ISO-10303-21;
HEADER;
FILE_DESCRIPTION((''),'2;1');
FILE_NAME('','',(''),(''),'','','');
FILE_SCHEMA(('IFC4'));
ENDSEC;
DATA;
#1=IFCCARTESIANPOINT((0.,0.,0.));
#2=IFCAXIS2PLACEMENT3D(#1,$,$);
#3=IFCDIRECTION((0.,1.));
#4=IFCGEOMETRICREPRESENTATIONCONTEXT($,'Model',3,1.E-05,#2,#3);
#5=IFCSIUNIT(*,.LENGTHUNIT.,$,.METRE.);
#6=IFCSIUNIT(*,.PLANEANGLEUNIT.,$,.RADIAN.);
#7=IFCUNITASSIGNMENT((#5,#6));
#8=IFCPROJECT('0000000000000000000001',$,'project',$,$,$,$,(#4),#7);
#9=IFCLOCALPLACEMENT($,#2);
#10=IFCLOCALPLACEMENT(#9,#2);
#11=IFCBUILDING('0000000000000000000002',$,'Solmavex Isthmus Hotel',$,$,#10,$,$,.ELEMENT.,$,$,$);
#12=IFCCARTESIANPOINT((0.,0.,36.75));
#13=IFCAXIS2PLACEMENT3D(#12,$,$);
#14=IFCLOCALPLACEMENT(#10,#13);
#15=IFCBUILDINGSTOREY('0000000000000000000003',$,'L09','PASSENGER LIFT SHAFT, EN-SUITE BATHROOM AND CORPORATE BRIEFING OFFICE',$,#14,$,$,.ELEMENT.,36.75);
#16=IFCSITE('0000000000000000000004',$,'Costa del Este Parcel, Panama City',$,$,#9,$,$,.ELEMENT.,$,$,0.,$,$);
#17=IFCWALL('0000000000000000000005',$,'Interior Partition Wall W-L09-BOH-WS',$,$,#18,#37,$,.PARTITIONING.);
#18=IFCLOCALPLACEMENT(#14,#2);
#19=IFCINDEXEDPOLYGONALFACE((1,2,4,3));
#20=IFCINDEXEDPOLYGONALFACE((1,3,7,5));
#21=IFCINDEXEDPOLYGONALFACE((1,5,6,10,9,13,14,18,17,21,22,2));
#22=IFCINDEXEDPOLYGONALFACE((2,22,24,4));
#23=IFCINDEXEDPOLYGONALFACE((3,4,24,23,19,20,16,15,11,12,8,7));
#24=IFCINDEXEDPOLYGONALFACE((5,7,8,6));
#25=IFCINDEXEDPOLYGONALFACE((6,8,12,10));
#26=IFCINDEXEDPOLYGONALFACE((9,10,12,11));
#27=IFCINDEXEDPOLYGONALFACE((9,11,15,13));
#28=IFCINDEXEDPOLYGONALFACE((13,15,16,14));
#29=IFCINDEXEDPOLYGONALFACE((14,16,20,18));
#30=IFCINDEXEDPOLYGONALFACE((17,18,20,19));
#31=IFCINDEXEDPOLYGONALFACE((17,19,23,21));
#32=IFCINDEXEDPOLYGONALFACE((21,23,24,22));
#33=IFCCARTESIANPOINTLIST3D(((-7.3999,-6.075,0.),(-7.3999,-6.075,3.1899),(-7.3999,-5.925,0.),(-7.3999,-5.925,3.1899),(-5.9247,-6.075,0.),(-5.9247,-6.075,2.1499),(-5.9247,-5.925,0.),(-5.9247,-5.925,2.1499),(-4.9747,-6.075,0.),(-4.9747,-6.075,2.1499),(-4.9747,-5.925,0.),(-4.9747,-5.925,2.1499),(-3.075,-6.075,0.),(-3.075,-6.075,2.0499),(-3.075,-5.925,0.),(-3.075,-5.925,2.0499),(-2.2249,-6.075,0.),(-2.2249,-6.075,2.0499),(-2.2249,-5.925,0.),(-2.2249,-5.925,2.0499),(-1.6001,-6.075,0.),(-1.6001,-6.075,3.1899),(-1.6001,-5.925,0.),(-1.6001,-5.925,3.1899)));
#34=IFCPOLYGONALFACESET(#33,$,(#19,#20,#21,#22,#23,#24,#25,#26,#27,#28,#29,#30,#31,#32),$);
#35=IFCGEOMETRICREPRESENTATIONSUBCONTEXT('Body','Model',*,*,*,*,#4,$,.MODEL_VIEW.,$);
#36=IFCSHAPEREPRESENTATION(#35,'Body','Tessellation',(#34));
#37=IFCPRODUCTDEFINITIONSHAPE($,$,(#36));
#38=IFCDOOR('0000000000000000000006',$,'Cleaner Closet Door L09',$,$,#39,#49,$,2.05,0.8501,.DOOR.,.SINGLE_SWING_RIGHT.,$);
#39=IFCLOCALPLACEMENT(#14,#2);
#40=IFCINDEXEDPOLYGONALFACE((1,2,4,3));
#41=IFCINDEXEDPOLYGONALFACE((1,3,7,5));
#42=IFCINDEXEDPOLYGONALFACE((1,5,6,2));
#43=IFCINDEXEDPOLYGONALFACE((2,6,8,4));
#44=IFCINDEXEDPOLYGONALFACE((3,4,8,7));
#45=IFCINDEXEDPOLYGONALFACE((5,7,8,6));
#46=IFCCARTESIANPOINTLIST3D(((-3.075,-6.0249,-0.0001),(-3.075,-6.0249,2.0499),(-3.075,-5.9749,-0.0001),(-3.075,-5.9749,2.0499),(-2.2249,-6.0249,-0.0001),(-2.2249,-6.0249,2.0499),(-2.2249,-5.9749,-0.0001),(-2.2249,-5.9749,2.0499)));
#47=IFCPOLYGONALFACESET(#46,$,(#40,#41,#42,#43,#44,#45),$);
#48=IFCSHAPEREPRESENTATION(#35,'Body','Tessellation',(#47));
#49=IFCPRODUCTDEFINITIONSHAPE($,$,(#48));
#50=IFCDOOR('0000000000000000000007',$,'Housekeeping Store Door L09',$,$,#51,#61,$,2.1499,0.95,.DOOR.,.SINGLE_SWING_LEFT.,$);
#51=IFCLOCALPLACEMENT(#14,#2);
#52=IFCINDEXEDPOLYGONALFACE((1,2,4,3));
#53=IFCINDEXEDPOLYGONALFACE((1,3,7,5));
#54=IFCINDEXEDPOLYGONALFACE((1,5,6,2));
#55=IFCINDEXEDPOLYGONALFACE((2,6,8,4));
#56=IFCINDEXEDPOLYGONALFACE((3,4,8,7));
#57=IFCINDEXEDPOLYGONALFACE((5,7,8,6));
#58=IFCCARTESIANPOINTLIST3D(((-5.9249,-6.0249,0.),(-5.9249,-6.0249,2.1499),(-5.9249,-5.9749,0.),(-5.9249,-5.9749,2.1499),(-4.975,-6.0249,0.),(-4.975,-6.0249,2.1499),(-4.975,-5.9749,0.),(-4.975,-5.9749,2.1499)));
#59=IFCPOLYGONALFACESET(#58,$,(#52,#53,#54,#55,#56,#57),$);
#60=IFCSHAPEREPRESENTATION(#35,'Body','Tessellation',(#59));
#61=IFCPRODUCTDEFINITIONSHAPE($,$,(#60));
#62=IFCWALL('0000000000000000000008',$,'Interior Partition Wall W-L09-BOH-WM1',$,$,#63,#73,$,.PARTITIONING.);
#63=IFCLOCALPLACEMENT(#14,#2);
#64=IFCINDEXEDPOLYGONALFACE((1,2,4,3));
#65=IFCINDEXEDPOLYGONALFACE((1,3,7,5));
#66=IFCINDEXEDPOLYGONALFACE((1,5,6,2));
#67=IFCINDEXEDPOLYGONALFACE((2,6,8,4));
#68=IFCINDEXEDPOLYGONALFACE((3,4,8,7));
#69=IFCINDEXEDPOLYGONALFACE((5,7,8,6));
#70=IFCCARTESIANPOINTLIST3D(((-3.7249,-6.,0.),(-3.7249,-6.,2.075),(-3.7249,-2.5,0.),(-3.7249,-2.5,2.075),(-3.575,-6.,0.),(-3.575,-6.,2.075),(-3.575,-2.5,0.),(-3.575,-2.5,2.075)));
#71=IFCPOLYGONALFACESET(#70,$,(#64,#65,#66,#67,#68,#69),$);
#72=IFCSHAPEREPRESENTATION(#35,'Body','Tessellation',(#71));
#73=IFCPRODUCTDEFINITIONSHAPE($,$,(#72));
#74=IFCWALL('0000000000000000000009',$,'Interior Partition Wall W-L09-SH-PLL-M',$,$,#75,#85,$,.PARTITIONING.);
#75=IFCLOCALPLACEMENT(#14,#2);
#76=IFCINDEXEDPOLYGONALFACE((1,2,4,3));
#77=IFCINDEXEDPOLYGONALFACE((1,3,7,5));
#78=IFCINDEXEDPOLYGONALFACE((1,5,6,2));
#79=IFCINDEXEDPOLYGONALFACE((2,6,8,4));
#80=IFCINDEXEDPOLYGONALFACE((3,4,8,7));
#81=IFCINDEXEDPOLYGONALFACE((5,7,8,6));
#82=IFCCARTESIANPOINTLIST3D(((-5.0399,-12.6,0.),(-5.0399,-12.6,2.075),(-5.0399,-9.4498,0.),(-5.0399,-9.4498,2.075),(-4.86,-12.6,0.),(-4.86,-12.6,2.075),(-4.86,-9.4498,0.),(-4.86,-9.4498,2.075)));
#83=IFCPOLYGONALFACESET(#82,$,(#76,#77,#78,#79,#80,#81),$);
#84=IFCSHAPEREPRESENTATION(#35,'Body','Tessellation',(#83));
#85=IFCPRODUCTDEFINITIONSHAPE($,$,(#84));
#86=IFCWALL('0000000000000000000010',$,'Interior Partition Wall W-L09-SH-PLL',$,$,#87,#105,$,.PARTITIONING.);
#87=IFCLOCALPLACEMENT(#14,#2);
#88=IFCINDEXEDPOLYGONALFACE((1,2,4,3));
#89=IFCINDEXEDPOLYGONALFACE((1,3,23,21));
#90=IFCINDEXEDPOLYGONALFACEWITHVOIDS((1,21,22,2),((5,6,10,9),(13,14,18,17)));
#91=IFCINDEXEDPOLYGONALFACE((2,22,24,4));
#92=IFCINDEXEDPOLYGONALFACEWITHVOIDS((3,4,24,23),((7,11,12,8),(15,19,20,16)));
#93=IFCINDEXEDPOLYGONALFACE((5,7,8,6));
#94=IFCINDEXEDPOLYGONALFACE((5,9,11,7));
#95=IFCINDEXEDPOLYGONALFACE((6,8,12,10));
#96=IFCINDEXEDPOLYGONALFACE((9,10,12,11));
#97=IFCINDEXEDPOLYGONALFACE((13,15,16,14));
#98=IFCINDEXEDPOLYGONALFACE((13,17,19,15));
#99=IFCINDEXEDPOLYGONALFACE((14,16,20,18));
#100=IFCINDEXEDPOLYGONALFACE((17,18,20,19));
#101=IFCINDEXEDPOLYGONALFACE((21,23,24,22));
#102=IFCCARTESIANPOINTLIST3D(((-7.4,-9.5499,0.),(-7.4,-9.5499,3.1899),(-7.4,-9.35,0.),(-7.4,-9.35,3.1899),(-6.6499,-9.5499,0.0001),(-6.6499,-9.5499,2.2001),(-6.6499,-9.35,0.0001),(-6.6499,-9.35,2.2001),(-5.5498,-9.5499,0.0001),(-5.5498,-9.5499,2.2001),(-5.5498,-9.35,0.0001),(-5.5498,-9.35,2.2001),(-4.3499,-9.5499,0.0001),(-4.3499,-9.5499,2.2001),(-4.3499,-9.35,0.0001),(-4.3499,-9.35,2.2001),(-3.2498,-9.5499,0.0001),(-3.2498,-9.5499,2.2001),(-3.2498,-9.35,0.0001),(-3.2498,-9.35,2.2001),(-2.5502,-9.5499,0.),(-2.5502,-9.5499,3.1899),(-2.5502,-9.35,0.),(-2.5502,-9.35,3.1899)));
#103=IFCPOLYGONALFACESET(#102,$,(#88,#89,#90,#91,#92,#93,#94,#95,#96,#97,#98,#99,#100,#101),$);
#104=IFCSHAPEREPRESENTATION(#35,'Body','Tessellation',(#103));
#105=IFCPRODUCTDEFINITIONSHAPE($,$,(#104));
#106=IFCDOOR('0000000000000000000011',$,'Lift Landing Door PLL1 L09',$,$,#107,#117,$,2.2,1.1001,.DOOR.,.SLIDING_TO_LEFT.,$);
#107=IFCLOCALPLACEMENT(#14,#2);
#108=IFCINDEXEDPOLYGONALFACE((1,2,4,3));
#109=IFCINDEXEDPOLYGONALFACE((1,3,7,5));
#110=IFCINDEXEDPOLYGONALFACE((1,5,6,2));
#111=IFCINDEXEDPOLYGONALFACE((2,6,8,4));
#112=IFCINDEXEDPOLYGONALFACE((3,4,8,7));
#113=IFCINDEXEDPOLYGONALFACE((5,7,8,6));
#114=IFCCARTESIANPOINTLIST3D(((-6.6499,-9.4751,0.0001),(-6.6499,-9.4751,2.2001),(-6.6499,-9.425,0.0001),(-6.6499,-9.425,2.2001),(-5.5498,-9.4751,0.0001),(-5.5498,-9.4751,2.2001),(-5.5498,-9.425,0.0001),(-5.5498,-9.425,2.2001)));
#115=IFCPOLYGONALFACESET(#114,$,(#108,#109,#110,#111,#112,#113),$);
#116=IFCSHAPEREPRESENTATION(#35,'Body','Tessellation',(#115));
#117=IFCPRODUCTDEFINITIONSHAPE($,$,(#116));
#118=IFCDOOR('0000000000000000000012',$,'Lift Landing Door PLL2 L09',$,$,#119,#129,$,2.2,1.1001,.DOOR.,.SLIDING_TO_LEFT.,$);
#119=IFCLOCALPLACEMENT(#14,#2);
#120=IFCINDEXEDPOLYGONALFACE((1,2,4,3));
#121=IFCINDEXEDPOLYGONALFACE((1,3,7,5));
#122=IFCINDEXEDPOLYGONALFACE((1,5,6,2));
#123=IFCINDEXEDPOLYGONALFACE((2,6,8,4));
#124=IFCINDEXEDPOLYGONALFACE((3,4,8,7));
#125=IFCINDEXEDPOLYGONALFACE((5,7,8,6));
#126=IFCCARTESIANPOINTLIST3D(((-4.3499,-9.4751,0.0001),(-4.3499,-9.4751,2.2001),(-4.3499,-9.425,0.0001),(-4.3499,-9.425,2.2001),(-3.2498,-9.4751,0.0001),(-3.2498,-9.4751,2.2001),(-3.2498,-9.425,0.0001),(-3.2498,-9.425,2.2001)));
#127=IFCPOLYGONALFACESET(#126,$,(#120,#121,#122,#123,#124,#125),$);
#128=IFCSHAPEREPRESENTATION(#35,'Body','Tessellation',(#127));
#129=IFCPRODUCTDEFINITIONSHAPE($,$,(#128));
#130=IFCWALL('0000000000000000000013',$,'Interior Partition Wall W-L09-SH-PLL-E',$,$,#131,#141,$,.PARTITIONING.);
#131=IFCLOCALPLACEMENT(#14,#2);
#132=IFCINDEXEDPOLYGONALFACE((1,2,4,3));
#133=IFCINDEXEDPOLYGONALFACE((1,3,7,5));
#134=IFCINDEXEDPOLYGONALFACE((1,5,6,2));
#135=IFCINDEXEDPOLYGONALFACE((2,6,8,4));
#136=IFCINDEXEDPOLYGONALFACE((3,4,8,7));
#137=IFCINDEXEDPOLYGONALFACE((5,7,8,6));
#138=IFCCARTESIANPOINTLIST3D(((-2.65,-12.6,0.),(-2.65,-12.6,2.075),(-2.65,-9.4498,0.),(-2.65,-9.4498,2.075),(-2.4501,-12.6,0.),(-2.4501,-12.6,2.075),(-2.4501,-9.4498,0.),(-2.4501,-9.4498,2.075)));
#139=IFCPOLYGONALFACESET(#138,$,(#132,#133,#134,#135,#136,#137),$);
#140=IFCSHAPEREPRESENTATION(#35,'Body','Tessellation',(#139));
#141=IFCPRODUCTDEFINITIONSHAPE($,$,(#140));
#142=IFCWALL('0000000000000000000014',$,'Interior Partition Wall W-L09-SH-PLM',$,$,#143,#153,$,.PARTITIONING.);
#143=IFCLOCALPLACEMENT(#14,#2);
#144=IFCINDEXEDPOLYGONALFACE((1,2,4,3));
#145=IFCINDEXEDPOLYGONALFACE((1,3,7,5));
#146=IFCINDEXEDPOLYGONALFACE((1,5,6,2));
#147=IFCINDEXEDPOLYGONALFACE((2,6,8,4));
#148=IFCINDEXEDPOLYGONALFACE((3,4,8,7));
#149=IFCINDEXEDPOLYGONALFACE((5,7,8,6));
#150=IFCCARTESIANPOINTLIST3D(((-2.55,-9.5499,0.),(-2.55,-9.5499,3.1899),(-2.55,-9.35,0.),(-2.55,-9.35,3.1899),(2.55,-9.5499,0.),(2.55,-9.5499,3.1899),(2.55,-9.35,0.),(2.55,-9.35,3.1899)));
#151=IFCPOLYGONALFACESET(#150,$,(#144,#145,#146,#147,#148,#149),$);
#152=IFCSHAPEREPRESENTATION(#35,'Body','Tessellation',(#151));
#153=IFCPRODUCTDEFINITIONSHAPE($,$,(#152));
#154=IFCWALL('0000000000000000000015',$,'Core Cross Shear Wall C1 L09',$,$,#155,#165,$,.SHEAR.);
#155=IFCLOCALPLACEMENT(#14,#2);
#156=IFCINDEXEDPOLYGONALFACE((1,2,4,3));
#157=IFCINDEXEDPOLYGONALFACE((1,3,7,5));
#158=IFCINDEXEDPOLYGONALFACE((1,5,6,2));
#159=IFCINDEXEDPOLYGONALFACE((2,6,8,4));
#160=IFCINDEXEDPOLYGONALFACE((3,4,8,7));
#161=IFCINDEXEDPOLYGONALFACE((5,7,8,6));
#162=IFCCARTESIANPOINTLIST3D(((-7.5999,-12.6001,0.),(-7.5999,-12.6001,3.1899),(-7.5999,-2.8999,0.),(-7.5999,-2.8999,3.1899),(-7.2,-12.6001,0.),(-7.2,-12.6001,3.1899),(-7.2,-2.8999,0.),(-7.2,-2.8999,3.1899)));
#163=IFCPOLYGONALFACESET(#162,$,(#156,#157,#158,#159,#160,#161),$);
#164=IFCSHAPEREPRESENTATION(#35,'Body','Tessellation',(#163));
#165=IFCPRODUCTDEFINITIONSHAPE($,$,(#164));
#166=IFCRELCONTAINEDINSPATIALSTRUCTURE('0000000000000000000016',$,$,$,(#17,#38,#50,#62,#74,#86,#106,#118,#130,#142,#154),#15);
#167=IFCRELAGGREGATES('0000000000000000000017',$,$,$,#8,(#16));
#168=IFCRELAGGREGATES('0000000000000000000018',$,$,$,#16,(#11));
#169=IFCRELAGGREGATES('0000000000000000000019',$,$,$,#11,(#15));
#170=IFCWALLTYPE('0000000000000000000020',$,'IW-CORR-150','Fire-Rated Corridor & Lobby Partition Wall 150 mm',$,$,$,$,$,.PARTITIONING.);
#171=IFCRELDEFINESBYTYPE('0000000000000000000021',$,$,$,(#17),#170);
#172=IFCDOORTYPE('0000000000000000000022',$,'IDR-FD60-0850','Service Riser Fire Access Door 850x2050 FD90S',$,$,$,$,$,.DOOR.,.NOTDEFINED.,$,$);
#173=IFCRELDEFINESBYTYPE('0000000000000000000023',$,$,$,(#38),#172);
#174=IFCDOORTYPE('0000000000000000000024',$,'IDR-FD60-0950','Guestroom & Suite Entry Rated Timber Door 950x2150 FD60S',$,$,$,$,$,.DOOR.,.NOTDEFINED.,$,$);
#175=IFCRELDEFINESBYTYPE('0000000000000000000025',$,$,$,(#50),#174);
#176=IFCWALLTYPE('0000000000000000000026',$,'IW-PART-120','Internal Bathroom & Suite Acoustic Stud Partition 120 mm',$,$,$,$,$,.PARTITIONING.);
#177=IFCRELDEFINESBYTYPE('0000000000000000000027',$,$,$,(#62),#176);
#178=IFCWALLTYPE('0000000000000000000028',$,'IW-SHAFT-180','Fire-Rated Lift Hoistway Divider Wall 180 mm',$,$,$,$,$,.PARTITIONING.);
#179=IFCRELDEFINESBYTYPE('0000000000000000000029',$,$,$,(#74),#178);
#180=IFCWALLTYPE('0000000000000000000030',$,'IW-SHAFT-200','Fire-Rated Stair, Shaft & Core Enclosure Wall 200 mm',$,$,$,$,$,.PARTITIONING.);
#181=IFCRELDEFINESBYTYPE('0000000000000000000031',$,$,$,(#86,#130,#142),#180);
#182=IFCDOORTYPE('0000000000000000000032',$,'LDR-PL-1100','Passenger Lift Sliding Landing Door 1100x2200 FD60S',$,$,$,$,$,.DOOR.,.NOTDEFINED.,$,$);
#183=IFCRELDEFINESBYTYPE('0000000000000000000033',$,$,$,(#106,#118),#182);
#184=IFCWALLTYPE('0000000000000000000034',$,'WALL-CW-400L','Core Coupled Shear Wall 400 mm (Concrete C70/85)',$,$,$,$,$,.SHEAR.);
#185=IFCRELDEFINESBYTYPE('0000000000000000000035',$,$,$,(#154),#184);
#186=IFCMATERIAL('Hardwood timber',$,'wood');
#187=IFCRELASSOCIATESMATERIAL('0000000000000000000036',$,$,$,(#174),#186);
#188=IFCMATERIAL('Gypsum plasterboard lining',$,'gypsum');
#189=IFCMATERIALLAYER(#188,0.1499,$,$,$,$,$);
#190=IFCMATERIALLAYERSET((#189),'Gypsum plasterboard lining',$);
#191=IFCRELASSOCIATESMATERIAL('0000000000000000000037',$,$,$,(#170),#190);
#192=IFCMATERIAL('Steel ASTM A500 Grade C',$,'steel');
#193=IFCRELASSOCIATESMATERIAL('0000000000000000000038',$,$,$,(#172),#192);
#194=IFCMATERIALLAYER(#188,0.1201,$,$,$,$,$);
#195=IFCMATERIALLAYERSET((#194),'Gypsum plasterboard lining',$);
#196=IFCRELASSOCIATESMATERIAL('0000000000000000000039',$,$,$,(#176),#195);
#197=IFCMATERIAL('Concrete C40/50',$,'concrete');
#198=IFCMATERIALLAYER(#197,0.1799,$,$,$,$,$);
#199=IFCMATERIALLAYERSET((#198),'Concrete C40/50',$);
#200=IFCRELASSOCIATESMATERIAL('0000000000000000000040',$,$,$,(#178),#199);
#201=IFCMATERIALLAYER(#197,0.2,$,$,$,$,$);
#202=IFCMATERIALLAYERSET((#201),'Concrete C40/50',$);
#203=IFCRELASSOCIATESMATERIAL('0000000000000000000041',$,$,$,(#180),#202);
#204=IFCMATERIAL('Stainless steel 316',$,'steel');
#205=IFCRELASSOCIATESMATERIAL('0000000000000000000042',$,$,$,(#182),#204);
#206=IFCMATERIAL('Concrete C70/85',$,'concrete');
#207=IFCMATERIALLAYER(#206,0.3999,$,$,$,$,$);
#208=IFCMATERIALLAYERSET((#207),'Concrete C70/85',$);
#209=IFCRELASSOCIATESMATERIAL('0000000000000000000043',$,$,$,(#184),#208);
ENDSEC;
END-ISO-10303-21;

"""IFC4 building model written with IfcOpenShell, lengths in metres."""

from ifc_helpers import new_model, si_unit, direction, frame, frame_2d, origin, place, context, subcontext, project, spatial, rectangle, extrude, material, layer, layer_set, type_object, element, fill, save


model = new_model("IFC4")

# Units and contexts
model_context = context("Model", 3, precision=1e-05, world=origin(), true_north=direction((0.0, 1.0)))
body_context = subcontext(model_context, "Body", "Model", "MODEL_VIEW")
ifc_project = project(units=[si_unit("LENGTHUNIT", "METRE"), si_unit("PLANEANGLEUNIT", "RADIAN")], contexts=[model_context])

# Site, building, storey
site_placement = place(None, origin())
site = spatial("IfcSite", under=ifc_project, at=site_placement, Name="Costa del Este Parcel, Panama City", CompositionType="ELEMENT", RefElevation=0.0)
building_placement = place(site_placement, origin())
building = spatial("IfcBuilding", under=site, at=building_placement, Name="Solmavex Isthmus Hotel", CompositionType="ELEMENT")
storey_placement = place(building_placement, frame((0.0, 0.0, 36.75)))
storey = spatial("IfcBuildingStorey", under=building, at=storey_placement, Name="L09", Description="PASSENGER LIFT SHAFT, EN-SUITE BATHROOM AND CORPORATE BRIEFING OFFICE", CompositionType="ELEMENT", Elevation=36.75)

# Shared definitions
ifc_material_1 = material(Name="Concrete C70/85", Category="concrete")

# Shared definitions
ifc_material_2 = material(Name="Gypsum plasterboard lining", Category="gypsum")
ifc_material_3 = material(Name="Hardwood timber", Category="wood")
door_type_1 = type_object("IfcDoorType", Name="IDR-FD60-0950", Description="Guestroom & Suite Entry Rated Timber Door 950x2150 FD60S", OperationType="NOTDEFINED", PredefinedType="DOOR", material=ifc_material_3)

# Wall, openings, doors
ifc_layer_1 = layer(ifc_material_2, 0.1499)
ifc_layer_set_1 = layer_set([ifc_layer_1], Name="Gypsum plasterboard lining")
wall_type_1 = type_object("IfcWallType", Name="IW-CORR-150", Description="Fire-Rated Corridor & Lobby Partition Wall 150 mm", PredefinedType="PARTITIONING", material=ifc_layer_set_1)
wall_1_placement = place(storey_placement, frame((-7.3999, -6.0, 0.0), z_axis=(0.0, 0.0, 1.0), x_axis=(1.0, 0.0, 0.0)))
wall_1 = element("IfcWall", 1, at=wall_1_placement, inside=storey, type_object=wall_type_1, Name="Interior Partition Wall W-L09-BOH-WS", PredefinedType="PARTITIONING", context=body_context, shape_type="SweptSolid", body=[
    extrude(rectangle(XDim=5.7998, YDim=0.1499, at=frame_2d((2.8999, 0.0))), origin(), (0.0, 0.0, 1.0), 3.1899),
])
opening_1_placement = place(wall_1_placement, frame((1.4751, 0.0, 0.0)))
opening_1 = element("IfcOpeningElement", 2, at=opening_1_placement, cuts=wall_1, PredefinedType="OPENING", context=body_context, shape_type="SweptSolid", body=[
    extrude(rectangle(XDim=0.95, YDim=2.1499, at=frame_2d((0.4751, 1.075))), frame((0.0, 0.085, 0.0), z_axis=(0.0, -1.0, 0.0), x_axis=(1.0, 0.0, 0.0)), (0.0, 0.0, 1.0), 0.1699),
])
opening_2_placement = place(wall_1_placement, frame((4.325, 0.0, 0.0)))
opening_2 = element("IfcOpeningElement", 3, at=opening_2_placement, cuts=wall_1, PredefinedType="OPENING", context=body_context, shape_type="SweptSolid", body=[
    extrude(rectangle(XDim=0.8501, YDim=2.05, at=frame_2d((0.425, 1.0249))), frame((0.0, 0.085, 0.0), z_axis=(0.0, -1.0, 0.0), x_axis=(1.0, 0.0, 0.0)), (0.0, 0.0, 1.0), 0.1699),
])
ifc_material_4 = material(Name="Steel ASTM A500 Grade C", Category="steel")
door_type_2 = type_object("IfcDoorType", Name="IDR-FD60-0850", Description="Service Riser Fire Access Door 850x2050 FD90S", OperationType="NOTDEFINED", PredefinedType="DOOR", material=ifc_material_4)
door_1_placement = place(opening_2_placement, frame((0.8501, 0.0, 0.0), z_axis=(0.0, 0.0, 1.0), x_axis=(-1.0, 0.0, 0.0)))
door_1 = element("IfcDoor", 4, at=door_1_placement, inside=storey, type_object=door_type_2, Name="Cleaner Closet Door L09", OperationType="SINGLE_SWING_RIGHT", OverallHeight=2.05, OverallWidth=0.8501, PredefinedType="DOOR", context=body_context, shape_type="SweptSolid", body=[
    extrude(rectangle(XDim=0.8501, YDim=2.05, at=frame_2d((0.425, 1.0249))), frame((0.0, 0.0249, 0.0), z_axis=(0.0, -1.0, 0.0), x_axis=(1.0, 0.0, 0.0)), (0.0, 0.0, 1.0), 0.05),
])
fill(opening_2, door_1)
door_2_placement = place(opening_1_placement, frame((0.95, 0.0, 0.0), z_axis=(0.0, 0.0, 1.0), x_axis=(-1.0, 0.0, 0.0)))
door_2 = element("IfcDoor", 5, at=door_2_placement, inside=storey, type_object=door_type_1, Name="Housekeeping Store Door L09", OperationType="SINGLE_SWING_LEFT", OverallHeight=2.1499, OverallWidth=0.95, PredefinedType="DOOR", context=body_context, shape_type="SweptSolid", body=[
    extrude(rectangle(XDim=0.95, YDim=2.1499, at=frame_2d((0.4751, 1.075))), frame((0.0, 0.0249, 0.0), z_axis=(0.0, -1.0, 0.0), x_axis=(1.0, 0.0, 0.0)), (0.0, 0.0, 1.0), 0.05),
])
fill(opening_1, door_2)

# Walls
ifc_layer_2 = layer(ifc_material_2, 0.1201)
ifc_layer_set_2 = layer_set([ifc_layer_2], Name="Gypsum plasterboard lining")
wall_type_2 = type_object("IfcWallType", Name="IW-PART-120", Description="Internal Bathroom & Suite Acoustic Stud Partition 120 mm", PredefinedType="PARTITIONING", material=ifc_layer_set_2)
wall_2_placement = place(storey_placement, frame((-3.6499, -6.0, 0.0), z_axis=(0.0, 0.0, 1.0), x_axis=(0.0, 1.0, 0.0)))
element("IfcWall", 6, at=wall_2_placement, inside=storey, type_object=wall_type_2, Name="Interior Partition Wall W-L09-BOH-WM1", PredefinedType="PARTITIONING", context=body_context, shape_type="SweptSolid", body=[
    extrude(rectangle(XDim=3.5, YDim=0.1499, at=frame_2d((1.75, 0.0))), origin(), (0.0, 0.0, 1.0), 2.075),
])
ifc_material_5 = material(Name="Concrete C40/50", Category="concrete")
ifc_layer_3 = layer(ifc_material_5, 0.1799)
ifc_layer_set_3 = layer_set([ifc_layer_3], Name="Concrete C40/50")
wall_type_3 = type_object("IfcWallType", Name="IW-SHAFT-180", Description="Fire-Rated Lift Hoistway Divider Wall 180 mm", PredefinedType="PARTITIONING", material=ifc_layer_set_3)
wall_3_placement = place(storey_placement, frame((-4.95, -12.6001, 0.0), z_axis=(0.0, 0.0, 1.0), x_axis=(0.0, 1.0, 0.0)))
element("IfcWall", 7, at=wall_3_placement, inside=storey, type_object=wall_type_3, Name="Interior Partition Wall W-L09-SH-PLL-M", PredefinedType="PARTITIONING", context=body_context, shape_type="SweptSolid", body=[
    extrude(rectangle(XDim=3.1501, YDim=0.1799, at=frame_2d((1.5752, 0.0))), origin(), (0.0, 0.0, 1.0), 2.075),
])

# Wall, openings, doors
ifc_layer_4 = layer(ifc_material_5, 0.2)
ifc_layer_set_4 = layer_set([ifc_layer_4], Name="Concrete C40/50")
wall_type_4 = type_object("IfcWallType", Name="IW-SHAFT-200", Description="Fire-Rated Stair, Shaft & Core Enclosure Wall 200 mm", PredefinedType="PARTITIONING", material=ifc_layer_set_4)
wall_4_placement = place(storey_placement, frame((-7.3999, -9.45, 0.0), z_axis=(0.0, 0.0, 1.0), x_axis=(1.0, 0.0, 0.0)))
wall_4 = element("IfcWall", 8, at=wall_4_placement, inside=storey, type_object=wall_type_4, Name="Interior Partition Wall W-L09-SH-PLL", PredefinedType="PARTITIONING", context=body_context, shape_type="SweptSolid", body=[
    extrude(rectangle(XDim=4.8499, YDim=0.2, at=frame_2d((2.4248, 0.0))), origin(), (0.0, 0.0, 1.0), 3.1899),
])
opening_3_placement = place(wall_4_placement, frame((0.75, 0.0, 0.0)))
opening_3 = element("IfcOpeningElement", 9, at=opening_3_placement, cuts=wall_4, PredefinedType="OPENING", context=body_context, shape_type="SweptSolid", body=[
    extrude(rectangle(XDim=1.1001, YDim=2.2, at=frame_2d((0.55, 1.1001))), frame((0.0, 0.1099, 0.0), z_axis=(0.0, -1.0, 0.0), x_axis=(1.0, 0.0, 0.0)), (0.0, 0.0, 1.0), 0.22),
])
opening_4_placement = place(wall_4_placement, frame((3.05, 0.0, 0.0)))
opening_4 = element("IfcOpeningElement", 10, at=opening_4_placement, cuts=wall_4, PredefinedType="OPENING", context=body_context, shape_type="SweptSolid", body=[
    extrude(rectangle(XDim=1.1001, YDim=2.2, at=frame_2d((0.55, 1.1001))), frame((0.0, 0.1099, 0.0), z_axis=(0.0, -1.0, 0.0), x_axis=(1.0, 0.0, 0.0)), (0.0, 0.0, 1.0), 0.22),
])
ifc_material_6 = material(Name="Stainless steel 316", Category="steel")
door_type_3 = type_object("IfcDoorType", Name="LDR-PL-1100", Description="Passenger Lift Sliding Landing Door 1100x2200 FD60S", OperationType="NOTDEFINED", PredefinedType="DOOR", material=ifc_material_6)
door_3_placement = place(opening_3_placement, origin())
door_3 = element("IfcDoor", 11, at=door_3_placement, inside=storey, type_object=door_type_3, Name="Lift Landing Door PLL1 L09", OperationType="SLIDING_TO_LEFT", OverallHeight=2.2, OverallWidth=1.1001, PredefinedType="DOOR", context=body_context, shape_type="SweptSolid", body=[
    extrude(rectangle(XDim=1.1001, YDim=2.2, at=frame_2d((0.55, 1.1001))), frame((0.0, 0.0249, 0.0), z_axis=(0.0, -1.0, 0.0), x_axis=(1.0, 0.0, 0.0)), (0.0, 0.0, 1.0), 0.05),
])
fill(opening_3, door_3)
door_4_placement = place(opening_4_placement, origin())
door_4 = element("IfcDoor", 12, at=door_4_placement, inside=storey, type_object=door_type_3, Name="Lift Landing Door PLL2 L09", OperationType="SLIDING_TO_LEFT", OverallHeight=2.2, OverallWidth=1.1001, PredefinedType="DOOR", context=body_context, shape_type="SweptSolid", body=[
    extrude(rectangle(XDim=1.1001, YDim=2.2, at=frame_2d((0.55, 1.1001))), frame((0.0, 0.0249, 0.0), z_axis=(0.0, -1.0, 0.0), x_axis=(1.0, 0.0, 0.0)), (0.0, 0.0, 1.0), 0.05),
])
fill(opening_4, door_4)

# Walls
wall_5_placement = place(storey_placement, frame((-2.55, -12.6001, 0.0), z_axis=(0.0, 0.0, 1.0), x_axis=(0.0, 1.0, 0.0)))
element("IfcWall", 13, at=wall_5_placement, inside=storey, type_object=wall_type_4, Name="Interior Partition Wall W-L09-SH-PLL-E", PredefinedType="PARTITIONING", context=body_context, shape_type="SweptSolid", body=[
    extrude(rectangle(XDim=3.1501, YDim=0.2, at=frame_2d((1.5752, 0.0))), origin(), (0.0, 0.0, 1.0), 2.075),
])
wall_6_placement = place(storey_placement, frame((-2.55, -9.45, 0.0), z_axis=(0.0, 0.0, 1.0), x_axis=(1.0, 0.0, 0.0)))
element("IfcWall", 14, at=wall_6_placement, inside=storey, type_object=wall_type_4, Name="Interior Partition Wall W-L09-SH-PLM", PredefinedType="PARTITIONING", context=body_context, shape_type="SweptSolid", body=[
    extrude(rectangle(XDim=5.1001, YDim=0.2, at=frame_2d((2.55, 0.0))), origin(), (0.0, 0.0, 1.0), 3.1899),
])
ifc_layer_5 = layer(ifc_material_1, 0.3999)
ifc_layer_set_5 = layer_set([ifc_layer_5], Name="Concrete C70/85")
wall_type_5 = type_object("IfcWallType", Name="WALL-CW-400L", Description="Core Coupled Shear Wall 400 mm (Concrete C70/85)", PredefinedType="SHEAR", material=ifc_layer_set_5)
wall_7_placement = place(storey_placement, frame((-7.3999, -12.6001, 0.0), z_axis=(0.0, 0.0, 1.0), x_axis=(0.0, 1.0, 0.0)))
element("IfcWall", 15, at=wall_7_placement, inside=storey, type_object=wall_type_5, Name="Core Cross Shear Wall C1 L09", PredefinedType="SHEAR", context=body_context, shape_type="SweptSolid", body=[
    extrude(rectangle(XDim=9.7002, YDim=0.3999, at=frame_2d((4.8501, 0.0))), origin(), (0.0, 0.0, 1.0), 3.1899),
])

save(model, "model.ifc")
